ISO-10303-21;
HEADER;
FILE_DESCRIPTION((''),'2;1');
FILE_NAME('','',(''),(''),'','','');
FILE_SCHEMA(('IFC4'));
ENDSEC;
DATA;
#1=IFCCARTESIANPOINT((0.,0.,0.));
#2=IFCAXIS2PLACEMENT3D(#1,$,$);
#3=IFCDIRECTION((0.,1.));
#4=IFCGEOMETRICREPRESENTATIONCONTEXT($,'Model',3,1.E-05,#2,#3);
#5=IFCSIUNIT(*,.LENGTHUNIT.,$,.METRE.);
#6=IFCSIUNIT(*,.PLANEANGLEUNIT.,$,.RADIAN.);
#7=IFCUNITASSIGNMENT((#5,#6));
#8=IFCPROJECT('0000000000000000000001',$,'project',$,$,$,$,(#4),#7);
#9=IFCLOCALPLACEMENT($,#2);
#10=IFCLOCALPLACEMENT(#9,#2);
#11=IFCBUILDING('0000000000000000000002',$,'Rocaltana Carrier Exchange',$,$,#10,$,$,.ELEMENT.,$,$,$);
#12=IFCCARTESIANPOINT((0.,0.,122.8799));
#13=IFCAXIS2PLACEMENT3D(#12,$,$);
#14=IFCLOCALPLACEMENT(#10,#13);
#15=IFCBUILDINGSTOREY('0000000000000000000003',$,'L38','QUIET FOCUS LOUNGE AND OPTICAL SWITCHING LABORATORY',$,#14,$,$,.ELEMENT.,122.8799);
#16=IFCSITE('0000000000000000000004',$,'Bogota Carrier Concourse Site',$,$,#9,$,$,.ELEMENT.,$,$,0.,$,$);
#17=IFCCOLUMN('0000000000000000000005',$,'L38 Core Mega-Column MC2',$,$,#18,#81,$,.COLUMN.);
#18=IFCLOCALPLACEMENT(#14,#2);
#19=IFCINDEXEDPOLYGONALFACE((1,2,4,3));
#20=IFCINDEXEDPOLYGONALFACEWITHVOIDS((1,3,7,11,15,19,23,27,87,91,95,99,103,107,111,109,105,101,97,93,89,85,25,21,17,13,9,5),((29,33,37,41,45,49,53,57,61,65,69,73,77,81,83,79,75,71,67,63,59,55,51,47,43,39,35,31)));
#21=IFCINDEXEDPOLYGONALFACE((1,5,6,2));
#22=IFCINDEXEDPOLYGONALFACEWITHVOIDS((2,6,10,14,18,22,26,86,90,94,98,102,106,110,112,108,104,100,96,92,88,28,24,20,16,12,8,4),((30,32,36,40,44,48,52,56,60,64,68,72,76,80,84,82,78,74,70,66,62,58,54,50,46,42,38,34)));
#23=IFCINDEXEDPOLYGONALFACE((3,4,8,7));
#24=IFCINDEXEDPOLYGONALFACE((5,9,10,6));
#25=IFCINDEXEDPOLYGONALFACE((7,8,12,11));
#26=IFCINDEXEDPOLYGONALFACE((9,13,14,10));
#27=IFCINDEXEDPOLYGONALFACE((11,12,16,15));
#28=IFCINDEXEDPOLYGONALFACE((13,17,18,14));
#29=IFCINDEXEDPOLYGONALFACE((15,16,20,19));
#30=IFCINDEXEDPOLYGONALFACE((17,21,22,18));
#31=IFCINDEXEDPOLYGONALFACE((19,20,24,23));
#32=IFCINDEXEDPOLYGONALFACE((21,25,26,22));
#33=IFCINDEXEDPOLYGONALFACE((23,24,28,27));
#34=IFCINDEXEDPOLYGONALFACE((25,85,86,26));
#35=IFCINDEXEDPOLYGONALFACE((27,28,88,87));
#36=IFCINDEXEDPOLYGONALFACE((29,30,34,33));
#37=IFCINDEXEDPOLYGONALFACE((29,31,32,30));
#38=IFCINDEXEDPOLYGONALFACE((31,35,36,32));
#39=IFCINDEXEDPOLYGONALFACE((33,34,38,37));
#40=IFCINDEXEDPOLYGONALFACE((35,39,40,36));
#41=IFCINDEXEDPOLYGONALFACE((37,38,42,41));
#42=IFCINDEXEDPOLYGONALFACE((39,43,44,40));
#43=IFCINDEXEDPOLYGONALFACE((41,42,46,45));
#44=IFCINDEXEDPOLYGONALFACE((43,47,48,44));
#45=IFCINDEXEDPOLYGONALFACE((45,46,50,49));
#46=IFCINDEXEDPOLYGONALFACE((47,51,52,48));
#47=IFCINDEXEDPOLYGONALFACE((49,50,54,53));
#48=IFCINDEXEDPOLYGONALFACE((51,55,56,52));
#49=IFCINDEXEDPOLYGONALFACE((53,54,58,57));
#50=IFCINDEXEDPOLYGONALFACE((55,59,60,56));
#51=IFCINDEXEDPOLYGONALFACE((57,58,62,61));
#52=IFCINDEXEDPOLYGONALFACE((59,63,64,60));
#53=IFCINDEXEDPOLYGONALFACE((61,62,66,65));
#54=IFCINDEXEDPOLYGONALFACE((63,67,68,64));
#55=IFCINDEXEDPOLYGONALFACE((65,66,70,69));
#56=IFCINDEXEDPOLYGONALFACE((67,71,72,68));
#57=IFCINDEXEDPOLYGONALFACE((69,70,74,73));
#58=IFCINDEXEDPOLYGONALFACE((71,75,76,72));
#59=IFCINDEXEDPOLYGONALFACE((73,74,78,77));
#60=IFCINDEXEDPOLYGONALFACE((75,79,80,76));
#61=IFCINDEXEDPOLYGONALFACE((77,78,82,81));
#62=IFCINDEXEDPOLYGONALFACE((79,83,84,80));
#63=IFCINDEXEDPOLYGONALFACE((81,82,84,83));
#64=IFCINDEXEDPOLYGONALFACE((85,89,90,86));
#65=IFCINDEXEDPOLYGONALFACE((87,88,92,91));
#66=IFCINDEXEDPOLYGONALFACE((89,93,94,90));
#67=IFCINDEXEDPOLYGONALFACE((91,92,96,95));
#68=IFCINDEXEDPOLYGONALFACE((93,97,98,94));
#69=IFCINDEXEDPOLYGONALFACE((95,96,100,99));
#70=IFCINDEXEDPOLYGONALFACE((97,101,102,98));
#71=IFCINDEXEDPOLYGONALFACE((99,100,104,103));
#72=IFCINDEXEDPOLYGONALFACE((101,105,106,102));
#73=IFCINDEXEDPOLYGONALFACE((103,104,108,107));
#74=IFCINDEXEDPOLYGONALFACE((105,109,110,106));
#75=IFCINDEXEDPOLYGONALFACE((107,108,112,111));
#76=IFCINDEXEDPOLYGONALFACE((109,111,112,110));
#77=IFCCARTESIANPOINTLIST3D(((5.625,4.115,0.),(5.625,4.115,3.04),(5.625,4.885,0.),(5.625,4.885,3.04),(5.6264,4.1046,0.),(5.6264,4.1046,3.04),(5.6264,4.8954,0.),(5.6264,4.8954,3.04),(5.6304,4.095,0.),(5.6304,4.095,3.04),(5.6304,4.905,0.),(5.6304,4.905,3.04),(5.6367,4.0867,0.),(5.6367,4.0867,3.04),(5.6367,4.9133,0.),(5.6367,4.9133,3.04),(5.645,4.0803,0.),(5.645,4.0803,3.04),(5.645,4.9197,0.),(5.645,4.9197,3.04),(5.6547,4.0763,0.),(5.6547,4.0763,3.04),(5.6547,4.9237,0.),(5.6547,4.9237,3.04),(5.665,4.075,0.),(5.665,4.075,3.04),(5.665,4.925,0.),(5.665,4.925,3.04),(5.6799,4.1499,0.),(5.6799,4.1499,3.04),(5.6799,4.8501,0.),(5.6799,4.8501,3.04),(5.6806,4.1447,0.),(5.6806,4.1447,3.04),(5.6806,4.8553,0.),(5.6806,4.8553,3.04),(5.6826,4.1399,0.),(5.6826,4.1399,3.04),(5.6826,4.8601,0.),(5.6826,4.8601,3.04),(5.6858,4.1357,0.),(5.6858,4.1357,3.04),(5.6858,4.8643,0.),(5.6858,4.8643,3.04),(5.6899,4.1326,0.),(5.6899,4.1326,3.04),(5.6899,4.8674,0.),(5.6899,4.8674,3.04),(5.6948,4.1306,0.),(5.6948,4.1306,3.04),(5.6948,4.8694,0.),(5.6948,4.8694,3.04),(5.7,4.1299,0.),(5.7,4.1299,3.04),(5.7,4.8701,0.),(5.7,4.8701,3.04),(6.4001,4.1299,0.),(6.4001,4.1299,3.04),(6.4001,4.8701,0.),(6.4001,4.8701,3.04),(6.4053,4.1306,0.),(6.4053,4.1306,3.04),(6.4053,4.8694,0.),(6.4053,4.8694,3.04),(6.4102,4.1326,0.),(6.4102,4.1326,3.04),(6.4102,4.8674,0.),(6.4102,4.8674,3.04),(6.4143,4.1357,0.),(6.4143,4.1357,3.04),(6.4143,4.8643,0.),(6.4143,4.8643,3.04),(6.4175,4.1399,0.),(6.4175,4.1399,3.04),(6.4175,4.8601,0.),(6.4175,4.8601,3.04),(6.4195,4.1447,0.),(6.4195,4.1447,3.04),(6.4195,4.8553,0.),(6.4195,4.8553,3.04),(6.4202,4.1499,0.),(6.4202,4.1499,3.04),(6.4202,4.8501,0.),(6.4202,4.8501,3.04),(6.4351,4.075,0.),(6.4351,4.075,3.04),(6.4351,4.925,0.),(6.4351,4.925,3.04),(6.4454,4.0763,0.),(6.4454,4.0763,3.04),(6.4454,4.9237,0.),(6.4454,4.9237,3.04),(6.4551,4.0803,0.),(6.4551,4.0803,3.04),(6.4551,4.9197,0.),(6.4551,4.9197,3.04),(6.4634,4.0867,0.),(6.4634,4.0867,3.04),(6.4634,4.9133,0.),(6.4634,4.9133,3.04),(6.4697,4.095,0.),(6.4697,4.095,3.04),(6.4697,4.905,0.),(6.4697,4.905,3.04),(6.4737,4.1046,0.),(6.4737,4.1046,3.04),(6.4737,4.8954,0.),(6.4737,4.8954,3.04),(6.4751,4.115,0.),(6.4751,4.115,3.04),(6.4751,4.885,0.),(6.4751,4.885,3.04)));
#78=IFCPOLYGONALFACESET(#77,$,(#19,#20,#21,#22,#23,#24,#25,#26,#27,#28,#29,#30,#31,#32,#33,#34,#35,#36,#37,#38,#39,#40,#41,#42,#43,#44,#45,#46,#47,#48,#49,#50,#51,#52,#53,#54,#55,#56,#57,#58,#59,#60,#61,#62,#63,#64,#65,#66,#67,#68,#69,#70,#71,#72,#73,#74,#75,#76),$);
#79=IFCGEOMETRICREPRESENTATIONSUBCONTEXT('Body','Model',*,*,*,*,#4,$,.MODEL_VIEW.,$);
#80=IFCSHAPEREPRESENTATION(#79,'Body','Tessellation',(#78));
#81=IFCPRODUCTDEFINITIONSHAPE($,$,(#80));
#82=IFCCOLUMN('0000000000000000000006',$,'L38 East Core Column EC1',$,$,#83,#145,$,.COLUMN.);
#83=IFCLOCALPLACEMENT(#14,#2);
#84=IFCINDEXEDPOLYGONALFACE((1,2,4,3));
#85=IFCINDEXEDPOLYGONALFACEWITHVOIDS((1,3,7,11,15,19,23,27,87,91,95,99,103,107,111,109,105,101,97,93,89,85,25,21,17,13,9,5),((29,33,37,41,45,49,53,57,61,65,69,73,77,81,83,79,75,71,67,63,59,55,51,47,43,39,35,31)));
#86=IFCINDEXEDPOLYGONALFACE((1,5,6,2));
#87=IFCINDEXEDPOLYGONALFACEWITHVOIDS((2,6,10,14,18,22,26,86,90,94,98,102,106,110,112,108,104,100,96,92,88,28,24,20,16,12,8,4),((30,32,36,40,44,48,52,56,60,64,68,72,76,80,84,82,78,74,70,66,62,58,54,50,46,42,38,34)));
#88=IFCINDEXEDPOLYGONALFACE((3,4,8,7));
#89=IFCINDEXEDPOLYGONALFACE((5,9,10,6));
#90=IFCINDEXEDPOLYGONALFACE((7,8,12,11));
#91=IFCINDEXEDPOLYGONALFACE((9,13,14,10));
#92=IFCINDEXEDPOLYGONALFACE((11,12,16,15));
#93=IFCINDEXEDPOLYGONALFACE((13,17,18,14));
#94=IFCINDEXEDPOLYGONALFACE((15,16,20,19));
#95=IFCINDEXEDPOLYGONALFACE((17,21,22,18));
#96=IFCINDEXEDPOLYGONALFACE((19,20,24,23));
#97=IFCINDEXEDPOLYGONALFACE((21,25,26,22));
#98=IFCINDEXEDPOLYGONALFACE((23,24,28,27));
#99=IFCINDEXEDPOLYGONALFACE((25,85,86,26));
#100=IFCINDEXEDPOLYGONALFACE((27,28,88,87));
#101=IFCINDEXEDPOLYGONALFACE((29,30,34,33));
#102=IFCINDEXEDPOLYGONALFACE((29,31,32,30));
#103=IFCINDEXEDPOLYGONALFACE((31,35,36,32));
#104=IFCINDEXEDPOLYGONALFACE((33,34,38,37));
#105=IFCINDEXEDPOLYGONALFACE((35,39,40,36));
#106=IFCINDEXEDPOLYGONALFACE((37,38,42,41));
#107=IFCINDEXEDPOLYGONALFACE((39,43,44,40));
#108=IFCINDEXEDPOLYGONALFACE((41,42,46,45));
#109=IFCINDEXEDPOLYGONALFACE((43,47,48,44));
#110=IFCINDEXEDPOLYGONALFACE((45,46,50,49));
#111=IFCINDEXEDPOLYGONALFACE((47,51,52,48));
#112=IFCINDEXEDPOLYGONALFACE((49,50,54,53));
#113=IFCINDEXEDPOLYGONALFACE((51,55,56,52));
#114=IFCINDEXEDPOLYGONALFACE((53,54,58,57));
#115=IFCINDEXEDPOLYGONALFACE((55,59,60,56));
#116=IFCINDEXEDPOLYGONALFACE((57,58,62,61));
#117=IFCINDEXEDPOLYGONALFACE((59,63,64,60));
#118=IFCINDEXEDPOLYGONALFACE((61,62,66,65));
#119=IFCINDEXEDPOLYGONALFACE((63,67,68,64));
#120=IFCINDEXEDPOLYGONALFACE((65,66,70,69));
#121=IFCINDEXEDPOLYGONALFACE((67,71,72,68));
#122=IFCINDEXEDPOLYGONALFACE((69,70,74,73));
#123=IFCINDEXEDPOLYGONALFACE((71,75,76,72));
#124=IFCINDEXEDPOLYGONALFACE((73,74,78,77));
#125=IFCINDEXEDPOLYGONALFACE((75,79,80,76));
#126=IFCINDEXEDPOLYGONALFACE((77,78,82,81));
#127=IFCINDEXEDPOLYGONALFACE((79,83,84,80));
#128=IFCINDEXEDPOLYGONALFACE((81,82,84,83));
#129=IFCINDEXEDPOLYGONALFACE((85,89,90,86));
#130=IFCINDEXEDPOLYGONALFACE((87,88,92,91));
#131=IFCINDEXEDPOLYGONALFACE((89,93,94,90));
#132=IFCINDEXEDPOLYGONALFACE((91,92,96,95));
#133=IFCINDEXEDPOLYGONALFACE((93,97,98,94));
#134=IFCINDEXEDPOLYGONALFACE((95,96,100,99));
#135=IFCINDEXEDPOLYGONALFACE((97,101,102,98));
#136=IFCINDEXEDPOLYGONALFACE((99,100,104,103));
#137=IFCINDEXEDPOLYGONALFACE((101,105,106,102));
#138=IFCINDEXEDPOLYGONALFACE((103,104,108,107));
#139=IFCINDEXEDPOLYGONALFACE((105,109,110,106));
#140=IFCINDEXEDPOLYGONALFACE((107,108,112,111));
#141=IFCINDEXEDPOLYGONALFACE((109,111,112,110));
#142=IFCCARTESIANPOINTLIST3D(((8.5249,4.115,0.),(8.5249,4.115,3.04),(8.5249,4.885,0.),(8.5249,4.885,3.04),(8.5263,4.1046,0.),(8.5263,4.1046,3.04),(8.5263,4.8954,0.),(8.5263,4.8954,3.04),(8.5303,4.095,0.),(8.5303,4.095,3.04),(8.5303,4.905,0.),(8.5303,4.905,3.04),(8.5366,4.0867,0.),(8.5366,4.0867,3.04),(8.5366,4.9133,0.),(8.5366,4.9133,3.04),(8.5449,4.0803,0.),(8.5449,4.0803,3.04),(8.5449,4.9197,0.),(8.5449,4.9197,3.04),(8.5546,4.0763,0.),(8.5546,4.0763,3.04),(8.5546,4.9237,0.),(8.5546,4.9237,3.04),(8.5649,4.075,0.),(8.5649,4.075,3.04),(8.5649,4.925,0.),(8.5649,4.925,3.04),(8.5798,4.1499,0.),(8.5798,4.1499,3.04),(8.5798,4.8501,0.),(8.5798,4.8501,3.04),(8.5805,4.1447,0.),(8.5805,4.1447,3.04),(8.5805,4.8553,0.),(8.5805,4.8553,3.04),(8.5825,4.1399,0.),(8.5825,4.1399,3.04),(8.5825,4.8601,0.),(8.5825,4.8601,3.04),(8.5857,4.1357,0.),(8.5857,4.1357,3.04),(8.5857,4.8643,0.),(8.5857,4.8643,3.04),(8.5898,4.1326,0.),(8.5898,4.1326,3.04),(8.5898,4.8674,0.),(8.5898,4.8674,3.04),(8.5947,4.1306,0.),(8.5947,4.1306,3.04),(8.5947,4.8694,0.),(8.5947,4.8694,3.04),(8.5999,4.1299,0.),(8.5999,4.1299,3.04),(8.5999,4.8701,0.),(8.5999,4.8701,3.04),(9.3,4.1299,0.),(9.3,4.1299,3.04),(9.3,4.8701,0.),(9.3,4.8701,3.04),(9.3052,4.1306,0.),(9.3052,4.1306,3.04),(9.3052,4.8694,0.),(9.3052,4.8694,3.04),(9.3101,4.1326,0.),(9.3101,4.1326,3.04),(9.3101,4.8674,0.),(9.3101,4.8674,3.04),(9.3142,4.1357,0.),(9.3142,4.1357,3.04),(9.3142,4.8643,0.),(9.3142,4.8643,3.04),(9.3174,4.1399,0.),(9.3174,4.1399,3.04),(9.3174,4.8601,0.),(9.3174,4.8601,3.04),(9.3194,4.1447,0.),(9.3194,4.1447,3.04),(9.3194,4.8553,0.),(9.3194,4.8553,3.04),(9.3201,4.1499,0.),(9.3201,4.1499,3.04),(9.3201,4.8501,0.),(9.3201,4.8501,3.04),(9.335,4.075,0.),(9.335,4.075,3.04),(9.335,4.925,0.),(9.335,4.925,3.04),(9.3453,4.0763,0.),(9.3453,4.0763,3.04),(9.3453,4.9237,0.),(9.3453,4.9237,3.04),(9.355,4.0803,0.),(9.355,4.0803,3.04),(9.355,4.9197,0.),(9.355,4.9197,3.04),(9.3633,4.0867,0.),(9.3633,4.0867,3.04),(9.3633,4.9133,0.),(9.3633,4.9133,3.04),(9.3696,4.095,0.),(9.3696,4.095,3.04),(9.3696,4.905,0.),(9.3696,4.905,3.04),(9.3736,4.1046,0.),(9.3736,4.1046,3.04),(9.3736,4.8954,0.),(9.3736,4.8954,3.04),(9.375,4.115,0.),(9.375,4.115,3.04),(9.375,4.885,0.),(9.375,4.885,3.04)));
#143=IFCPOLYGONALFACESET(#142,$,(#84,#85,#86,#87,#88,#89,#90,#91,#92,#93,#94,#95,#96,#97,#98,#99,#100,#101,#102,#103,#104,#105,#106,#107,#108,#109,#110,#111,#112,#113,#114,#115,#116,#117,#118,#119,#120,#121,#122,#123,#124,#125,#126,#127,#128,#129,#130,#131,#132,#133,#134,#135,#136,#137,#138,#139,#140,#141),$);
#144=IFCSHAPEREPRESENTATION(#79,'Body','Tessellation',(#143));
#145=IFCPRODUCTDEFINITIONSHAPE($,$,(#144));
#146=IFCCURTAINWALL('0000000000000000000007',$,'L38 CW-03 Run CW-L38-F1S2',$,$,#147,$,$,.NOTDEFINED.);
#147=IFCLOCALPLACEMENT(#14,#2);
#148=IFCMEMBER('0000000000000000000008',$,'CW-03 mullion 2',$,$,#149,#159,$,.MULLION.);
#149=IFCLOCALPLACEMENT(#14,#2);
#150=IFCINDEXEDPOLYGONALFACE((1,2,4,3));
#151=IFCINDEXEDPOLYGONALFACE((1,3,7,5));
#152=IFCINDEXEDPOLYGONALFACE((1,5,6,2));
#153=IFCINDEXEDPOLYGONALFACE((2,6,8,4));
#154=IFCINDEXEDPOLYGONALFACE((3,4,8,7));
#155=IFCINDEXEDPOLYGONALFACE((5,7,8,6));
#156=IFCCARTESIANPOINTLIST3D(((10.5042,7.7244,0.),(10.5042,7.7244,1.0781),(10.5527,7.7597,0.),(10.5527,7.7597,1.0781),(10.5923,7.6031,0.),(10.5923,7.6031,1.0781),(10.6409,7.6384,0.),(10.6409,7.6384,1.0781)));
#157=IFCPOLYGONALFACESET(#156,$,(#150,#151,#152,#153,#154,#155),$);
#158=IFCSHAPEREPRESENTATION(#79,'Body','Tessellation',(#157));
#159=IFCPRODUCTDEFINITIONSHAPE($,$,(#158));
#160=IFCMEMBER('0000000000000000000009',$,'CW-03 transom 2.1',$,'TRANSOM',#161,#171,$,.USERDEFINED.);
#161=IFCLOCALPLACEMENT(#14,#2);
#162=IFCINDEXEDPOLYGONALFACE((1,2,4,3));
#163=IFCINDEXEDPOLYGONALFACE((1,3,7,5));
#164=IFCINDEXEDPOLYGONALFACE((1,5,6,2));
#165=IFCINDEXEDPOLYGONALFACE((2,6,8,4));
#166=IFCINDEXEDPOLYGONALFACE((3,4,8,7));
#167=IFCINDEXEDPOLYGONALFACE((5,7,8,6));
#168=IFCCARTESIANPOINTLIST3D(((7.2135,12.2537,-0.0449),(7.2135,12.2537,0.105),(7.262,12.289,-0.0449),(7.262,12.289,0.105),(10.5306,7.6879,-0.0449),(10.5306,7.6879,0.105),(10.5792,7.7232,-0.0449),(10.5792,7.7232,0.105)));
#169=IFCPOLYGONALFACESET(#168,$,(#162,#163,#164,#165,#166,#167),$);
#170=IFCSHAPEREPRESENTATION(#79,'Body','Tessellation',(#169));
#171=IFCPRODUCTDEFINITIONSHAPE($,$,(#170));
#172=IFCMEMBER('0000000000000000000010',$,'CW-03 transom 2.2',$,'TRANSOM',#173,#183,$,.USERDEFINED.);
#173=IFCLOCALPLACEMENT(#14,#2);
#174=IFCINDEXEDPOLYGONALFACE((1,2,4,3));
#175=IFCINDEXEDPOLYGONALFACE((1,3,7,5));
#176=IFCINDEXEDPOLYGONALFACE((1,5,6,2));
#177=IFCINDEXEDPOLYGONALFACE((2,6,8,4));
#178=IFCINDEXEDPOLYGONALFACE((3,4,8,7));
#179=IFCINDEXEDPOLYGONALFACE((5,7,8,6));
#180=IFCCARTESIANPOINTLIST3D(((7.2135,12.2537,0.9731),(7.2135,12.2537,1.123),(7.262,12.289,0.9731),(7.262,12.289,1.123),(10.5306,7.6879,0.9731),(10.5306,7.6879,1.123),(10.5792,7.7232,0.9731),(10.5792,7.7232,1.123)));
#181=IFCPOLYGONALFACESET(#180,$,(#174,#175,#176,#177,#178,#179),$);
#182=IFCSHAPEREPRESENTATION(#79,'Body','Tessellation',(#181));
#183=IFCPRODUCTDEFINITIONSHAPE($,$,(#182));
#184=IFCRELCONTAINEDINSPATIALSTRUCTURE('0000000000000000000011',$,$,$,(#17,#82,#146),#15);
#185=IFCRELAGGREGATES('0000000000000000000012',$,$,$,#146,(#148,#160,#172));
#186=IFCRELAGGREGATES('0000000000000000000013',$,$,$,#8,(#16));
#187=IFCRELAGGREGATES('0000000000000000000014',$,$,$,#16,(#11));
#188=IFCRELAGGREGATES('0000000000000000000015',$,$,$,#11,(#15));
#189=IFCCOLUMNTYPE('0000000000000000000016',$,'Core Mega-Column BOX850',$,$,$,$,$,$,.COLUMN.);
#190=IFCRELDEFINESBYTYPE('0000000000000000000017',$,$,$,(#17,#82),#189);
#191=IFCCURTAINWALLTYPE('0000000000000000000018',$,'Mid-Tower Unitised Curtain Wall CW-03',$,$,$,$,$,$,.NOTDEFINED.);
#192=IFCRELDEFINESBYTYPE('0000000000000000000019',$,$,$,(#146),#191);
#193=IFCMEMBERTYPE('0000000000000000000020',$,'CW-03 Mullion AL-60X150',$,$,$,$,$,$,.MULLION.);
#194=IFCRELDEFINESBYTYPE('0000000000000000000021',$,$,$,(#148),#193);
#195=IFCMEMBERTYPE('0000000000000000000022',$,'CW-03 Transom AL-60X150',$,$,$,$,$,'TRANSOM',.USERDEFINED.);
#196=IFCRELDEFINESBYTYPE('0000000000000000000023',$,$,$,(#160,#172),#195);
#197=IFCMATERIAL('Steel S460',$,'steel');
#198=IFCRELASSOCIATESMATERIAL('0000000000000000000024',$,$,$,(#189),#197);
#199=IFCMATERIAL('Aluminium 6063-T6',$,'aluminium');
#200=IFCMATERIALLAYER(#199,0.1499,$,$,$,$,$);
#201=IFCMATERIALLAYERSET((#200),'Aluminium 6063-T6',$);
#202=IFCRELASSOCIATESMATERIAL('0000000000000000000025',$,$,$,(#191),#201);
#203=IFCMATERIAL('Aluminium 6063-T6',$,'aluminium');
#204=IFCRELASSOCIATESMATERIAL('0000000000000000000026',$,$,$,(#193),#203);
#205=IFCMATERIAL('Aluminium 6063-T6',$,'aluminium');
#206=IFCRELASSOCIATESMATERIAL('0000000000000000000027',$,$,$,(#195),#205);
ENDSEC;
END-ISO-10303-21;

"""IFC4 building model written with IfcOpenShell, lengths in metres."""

from ifc_helpers import new_model, si_unit, direction, frame, origin, origin_2d, place, context, subcontext, project, spatial, rectangle, hollow_rectangle, extrude, material, layer, layer_set, material_profile, profile_set, type_object, element, aggregate, save


model = new_model("IFC4")

# Units and contexts
model_context = context("Model", 3, precision=1e-05, world=origin(), true_north=direction((0.0, 1.0)))
body_context = subcontext(model_context, "Body", "Model", "MODEL_VIEW")
ifc_project = project(units=[si_unit("LENGTHUNIT", "METRE"), si_unit("PLANEANGLEUNIT", "RADIAN")], contexts=[model_context])

# Site, building, storey
site_placement = place(None, origin())
site = spatial("IfcSite", under=ifc_project, at=site_placement, Name="Bogota Carrier Concourse Site", CompositionType="ELEMENT", RefElevation=0.0)
building_placement = place(site_placement, origin())
building = spatial("IfcBuilding", under=site, at=building_placement, Name="Rocaltana Carrier Exchange", CompositionType="ELEMENT")
storey_placement = place(building_placement, frame((0.0, 0.0, 122.8799)))
storey = spatial("IfcBuildingStorey", under=building, at=storey_placement, Name="L38", Description="QUIET FOCUS LOUNGE AND OPTICAL SWITCHING LABORATORY", CompositionType="ELEMENT", Elevation=122.8799)

# Columns
ifc_material_1 = material(Name="Steel S460", Category="steel")
ifc_material_profile_1 = material_profile(ifc_material_1, hollow_rectangle(XDim=0.8501, YDim=0.8501, WallThickness=0.0549, InnerFilletRadius=0.02, OuterFilletRadius=0.04, at=origin_2d()), Name="BOX850X850X55")
ifc_profile_set_1 = profile_set([ifc_material_profile_1], Name="Steel S460")
column_type = type_object("IfcColumnType", Name="Core Mega-Column BOX850", PredefinedType="COLUMN", material=ifc_profile_set_1)
for number, where, z_axis, x_axis, name in (
    (1, (6.05, 4.5, 0.0), (0.0, 0.0, 1.0), (1.0, 0.0, 0.0), "L38 Core Mega-Column MC2"),
    (2, (8.95, 4.5, 0.0), (0.0, 0.0, 1.0), (1.0, 0.0, 0.0), "L38 East Core Column EC1"),
):
    element("IfcColumn", number, at=place(storey_placement, frame(where, z_axis=z_axis, x_axis=x_axis)), inside=storey, type_object=column_type, Name=name, PredefinedType="COLUMN", context=body_context, shape_type="SweptSolid", body=[
        extrude(hollow_rectangle(XDim=0.8501, YDim=0.8501, WallThickness=0.0549, InnerFilletRadius=0.02, OuterFilletRadius=0.04, at=origin_2d()), origin(), (0.0, 0.0, 1.0), 3.04),
    ])

# Curtain wall, members
ifc_material_2 = material(Name="Aluminium 6063-T6", Category="aluminium")
ifc_layer_1 = layer(ifc_material_2, 0.1499)
ifc_layer_set_1 = layer_set([ifc_layer_1], Name="Aluminium 6063-T6")
curtain_wall_type = type_object("IfcCurtainWallType", Name="Mid-Tower Unitised Curtain Wall CW-03", PredefinedType="NOTDEFINED", material=ifc_layer_set_1)
curtain_wall_placement = place(storey_placement, origin())
curtain_wall = element("IfcCurtainWall", 3, at=curtain_wall_placement, inside=storey, type_object=curtain_wall_type, Name="L38 CW-03 Run CW-L38-F1S2", PredefinedType="NOTDEFINED")
ifc_material_3 = material(Name="Aluminium 6063-T6", Category="aluminium")
ifc_material_profile_2 = material_profile(ifc_material_3, rectangle(XDim=0.0601, YDim=0.1499, at=origin_2d()), Name="AL-60X150")
ifc_profile_set_2 = profile_set([ifc_material_profile_2], Name="Aluminium 6063-T6")
member_type_1 = type_object("IfcMemberType", Name="CW-03 Mullion AL-60X150", PredefinedType="MULLION", material=ifc_profile_set_2)
member_1_placement = place(storey_placement, frame((10.5725, 7.6814, 0.0), z_axis=(0.0, 0.0, 1.0), x_axis=(-0.809014, -0.58779, 0.0)))
member_1 = element("IfcMember", 4, at=member_1_placement, type_object=member_type_1, Name="CW-03 mullion 2", PredefinedType="MULLION", context=body_context, shape_type="SweptSolid", body=[
    extrude(rectangle(XDim=0.0601, YDim=0.1499, at=origin_2d()), origin(), (0.0, 0.0, 1.0), 1.0781),
])
ifc_material_4 = material(Name="Aluminium 6063-T6", Category="aluminium")
ifc_material_profile_3 = material_profile(ifc_material_4, rectangle(XDim=0.0601, YDim=0.1499, at=origin_2d()), Name="AL-60X150")
ifc_profile_set_3 = profile_set([ifc_material_profile_3], Name="Aluminium 6063-T6")
member_type_2 = type_object("IfcMemberType", Name="CW-03 Transom AL-60X150", ElementType="TRANSOM", PredefinedType="USERDEFINED", material=ifc_profile_set_3)
member_2_placement = place(storey_placement, frame((10.5549, 7.7056, 0.03), z_axis=(-0.587783, 0.809018, 0.0), x_axis=(-0.809018, -0.587783, 0.0)))
member_2 = element("IfcMember", 5, at=member_2_placement, type_object=member_type_2, Name="CW-03 transom 2.1", ObjectType="TRANSOM", PredefinedType="USERDEFINED", context=body_context, shape_type="SweptSolid", body=[
    extrude(rectangle(XDim=0.0601, YDim=0.1499, at=origin_2d()), origin(), (0.0, 0.0, 1.0), 5.6436),
])
member_3_placement = place(storey_placement, frame((10.5549, 7.7056, 1.0481), z_axis=(-0.587783, 0.809018, 0.0), x_axis=(-0.809018, -0.587783, 0.0)))
member_3 = element("IfcMember", 6, at=member_3_placement, type_object=member_type_2, Name="CW-03 transom 2.2", ObjectType="TRANSOM", PredefinedType="USERDEFINED", context=body_context, shape_type="SweptSolid", body=[
    extrude(rectangle(XDim=0.0601, YDim=0.1499, at=origin_2d()), origin(), (0.0, 0.0, 1.0), 5.6436),
])

aggregate(curtain_wall, [member_1, member_2, member_3])

save(model, "model.ifc")
